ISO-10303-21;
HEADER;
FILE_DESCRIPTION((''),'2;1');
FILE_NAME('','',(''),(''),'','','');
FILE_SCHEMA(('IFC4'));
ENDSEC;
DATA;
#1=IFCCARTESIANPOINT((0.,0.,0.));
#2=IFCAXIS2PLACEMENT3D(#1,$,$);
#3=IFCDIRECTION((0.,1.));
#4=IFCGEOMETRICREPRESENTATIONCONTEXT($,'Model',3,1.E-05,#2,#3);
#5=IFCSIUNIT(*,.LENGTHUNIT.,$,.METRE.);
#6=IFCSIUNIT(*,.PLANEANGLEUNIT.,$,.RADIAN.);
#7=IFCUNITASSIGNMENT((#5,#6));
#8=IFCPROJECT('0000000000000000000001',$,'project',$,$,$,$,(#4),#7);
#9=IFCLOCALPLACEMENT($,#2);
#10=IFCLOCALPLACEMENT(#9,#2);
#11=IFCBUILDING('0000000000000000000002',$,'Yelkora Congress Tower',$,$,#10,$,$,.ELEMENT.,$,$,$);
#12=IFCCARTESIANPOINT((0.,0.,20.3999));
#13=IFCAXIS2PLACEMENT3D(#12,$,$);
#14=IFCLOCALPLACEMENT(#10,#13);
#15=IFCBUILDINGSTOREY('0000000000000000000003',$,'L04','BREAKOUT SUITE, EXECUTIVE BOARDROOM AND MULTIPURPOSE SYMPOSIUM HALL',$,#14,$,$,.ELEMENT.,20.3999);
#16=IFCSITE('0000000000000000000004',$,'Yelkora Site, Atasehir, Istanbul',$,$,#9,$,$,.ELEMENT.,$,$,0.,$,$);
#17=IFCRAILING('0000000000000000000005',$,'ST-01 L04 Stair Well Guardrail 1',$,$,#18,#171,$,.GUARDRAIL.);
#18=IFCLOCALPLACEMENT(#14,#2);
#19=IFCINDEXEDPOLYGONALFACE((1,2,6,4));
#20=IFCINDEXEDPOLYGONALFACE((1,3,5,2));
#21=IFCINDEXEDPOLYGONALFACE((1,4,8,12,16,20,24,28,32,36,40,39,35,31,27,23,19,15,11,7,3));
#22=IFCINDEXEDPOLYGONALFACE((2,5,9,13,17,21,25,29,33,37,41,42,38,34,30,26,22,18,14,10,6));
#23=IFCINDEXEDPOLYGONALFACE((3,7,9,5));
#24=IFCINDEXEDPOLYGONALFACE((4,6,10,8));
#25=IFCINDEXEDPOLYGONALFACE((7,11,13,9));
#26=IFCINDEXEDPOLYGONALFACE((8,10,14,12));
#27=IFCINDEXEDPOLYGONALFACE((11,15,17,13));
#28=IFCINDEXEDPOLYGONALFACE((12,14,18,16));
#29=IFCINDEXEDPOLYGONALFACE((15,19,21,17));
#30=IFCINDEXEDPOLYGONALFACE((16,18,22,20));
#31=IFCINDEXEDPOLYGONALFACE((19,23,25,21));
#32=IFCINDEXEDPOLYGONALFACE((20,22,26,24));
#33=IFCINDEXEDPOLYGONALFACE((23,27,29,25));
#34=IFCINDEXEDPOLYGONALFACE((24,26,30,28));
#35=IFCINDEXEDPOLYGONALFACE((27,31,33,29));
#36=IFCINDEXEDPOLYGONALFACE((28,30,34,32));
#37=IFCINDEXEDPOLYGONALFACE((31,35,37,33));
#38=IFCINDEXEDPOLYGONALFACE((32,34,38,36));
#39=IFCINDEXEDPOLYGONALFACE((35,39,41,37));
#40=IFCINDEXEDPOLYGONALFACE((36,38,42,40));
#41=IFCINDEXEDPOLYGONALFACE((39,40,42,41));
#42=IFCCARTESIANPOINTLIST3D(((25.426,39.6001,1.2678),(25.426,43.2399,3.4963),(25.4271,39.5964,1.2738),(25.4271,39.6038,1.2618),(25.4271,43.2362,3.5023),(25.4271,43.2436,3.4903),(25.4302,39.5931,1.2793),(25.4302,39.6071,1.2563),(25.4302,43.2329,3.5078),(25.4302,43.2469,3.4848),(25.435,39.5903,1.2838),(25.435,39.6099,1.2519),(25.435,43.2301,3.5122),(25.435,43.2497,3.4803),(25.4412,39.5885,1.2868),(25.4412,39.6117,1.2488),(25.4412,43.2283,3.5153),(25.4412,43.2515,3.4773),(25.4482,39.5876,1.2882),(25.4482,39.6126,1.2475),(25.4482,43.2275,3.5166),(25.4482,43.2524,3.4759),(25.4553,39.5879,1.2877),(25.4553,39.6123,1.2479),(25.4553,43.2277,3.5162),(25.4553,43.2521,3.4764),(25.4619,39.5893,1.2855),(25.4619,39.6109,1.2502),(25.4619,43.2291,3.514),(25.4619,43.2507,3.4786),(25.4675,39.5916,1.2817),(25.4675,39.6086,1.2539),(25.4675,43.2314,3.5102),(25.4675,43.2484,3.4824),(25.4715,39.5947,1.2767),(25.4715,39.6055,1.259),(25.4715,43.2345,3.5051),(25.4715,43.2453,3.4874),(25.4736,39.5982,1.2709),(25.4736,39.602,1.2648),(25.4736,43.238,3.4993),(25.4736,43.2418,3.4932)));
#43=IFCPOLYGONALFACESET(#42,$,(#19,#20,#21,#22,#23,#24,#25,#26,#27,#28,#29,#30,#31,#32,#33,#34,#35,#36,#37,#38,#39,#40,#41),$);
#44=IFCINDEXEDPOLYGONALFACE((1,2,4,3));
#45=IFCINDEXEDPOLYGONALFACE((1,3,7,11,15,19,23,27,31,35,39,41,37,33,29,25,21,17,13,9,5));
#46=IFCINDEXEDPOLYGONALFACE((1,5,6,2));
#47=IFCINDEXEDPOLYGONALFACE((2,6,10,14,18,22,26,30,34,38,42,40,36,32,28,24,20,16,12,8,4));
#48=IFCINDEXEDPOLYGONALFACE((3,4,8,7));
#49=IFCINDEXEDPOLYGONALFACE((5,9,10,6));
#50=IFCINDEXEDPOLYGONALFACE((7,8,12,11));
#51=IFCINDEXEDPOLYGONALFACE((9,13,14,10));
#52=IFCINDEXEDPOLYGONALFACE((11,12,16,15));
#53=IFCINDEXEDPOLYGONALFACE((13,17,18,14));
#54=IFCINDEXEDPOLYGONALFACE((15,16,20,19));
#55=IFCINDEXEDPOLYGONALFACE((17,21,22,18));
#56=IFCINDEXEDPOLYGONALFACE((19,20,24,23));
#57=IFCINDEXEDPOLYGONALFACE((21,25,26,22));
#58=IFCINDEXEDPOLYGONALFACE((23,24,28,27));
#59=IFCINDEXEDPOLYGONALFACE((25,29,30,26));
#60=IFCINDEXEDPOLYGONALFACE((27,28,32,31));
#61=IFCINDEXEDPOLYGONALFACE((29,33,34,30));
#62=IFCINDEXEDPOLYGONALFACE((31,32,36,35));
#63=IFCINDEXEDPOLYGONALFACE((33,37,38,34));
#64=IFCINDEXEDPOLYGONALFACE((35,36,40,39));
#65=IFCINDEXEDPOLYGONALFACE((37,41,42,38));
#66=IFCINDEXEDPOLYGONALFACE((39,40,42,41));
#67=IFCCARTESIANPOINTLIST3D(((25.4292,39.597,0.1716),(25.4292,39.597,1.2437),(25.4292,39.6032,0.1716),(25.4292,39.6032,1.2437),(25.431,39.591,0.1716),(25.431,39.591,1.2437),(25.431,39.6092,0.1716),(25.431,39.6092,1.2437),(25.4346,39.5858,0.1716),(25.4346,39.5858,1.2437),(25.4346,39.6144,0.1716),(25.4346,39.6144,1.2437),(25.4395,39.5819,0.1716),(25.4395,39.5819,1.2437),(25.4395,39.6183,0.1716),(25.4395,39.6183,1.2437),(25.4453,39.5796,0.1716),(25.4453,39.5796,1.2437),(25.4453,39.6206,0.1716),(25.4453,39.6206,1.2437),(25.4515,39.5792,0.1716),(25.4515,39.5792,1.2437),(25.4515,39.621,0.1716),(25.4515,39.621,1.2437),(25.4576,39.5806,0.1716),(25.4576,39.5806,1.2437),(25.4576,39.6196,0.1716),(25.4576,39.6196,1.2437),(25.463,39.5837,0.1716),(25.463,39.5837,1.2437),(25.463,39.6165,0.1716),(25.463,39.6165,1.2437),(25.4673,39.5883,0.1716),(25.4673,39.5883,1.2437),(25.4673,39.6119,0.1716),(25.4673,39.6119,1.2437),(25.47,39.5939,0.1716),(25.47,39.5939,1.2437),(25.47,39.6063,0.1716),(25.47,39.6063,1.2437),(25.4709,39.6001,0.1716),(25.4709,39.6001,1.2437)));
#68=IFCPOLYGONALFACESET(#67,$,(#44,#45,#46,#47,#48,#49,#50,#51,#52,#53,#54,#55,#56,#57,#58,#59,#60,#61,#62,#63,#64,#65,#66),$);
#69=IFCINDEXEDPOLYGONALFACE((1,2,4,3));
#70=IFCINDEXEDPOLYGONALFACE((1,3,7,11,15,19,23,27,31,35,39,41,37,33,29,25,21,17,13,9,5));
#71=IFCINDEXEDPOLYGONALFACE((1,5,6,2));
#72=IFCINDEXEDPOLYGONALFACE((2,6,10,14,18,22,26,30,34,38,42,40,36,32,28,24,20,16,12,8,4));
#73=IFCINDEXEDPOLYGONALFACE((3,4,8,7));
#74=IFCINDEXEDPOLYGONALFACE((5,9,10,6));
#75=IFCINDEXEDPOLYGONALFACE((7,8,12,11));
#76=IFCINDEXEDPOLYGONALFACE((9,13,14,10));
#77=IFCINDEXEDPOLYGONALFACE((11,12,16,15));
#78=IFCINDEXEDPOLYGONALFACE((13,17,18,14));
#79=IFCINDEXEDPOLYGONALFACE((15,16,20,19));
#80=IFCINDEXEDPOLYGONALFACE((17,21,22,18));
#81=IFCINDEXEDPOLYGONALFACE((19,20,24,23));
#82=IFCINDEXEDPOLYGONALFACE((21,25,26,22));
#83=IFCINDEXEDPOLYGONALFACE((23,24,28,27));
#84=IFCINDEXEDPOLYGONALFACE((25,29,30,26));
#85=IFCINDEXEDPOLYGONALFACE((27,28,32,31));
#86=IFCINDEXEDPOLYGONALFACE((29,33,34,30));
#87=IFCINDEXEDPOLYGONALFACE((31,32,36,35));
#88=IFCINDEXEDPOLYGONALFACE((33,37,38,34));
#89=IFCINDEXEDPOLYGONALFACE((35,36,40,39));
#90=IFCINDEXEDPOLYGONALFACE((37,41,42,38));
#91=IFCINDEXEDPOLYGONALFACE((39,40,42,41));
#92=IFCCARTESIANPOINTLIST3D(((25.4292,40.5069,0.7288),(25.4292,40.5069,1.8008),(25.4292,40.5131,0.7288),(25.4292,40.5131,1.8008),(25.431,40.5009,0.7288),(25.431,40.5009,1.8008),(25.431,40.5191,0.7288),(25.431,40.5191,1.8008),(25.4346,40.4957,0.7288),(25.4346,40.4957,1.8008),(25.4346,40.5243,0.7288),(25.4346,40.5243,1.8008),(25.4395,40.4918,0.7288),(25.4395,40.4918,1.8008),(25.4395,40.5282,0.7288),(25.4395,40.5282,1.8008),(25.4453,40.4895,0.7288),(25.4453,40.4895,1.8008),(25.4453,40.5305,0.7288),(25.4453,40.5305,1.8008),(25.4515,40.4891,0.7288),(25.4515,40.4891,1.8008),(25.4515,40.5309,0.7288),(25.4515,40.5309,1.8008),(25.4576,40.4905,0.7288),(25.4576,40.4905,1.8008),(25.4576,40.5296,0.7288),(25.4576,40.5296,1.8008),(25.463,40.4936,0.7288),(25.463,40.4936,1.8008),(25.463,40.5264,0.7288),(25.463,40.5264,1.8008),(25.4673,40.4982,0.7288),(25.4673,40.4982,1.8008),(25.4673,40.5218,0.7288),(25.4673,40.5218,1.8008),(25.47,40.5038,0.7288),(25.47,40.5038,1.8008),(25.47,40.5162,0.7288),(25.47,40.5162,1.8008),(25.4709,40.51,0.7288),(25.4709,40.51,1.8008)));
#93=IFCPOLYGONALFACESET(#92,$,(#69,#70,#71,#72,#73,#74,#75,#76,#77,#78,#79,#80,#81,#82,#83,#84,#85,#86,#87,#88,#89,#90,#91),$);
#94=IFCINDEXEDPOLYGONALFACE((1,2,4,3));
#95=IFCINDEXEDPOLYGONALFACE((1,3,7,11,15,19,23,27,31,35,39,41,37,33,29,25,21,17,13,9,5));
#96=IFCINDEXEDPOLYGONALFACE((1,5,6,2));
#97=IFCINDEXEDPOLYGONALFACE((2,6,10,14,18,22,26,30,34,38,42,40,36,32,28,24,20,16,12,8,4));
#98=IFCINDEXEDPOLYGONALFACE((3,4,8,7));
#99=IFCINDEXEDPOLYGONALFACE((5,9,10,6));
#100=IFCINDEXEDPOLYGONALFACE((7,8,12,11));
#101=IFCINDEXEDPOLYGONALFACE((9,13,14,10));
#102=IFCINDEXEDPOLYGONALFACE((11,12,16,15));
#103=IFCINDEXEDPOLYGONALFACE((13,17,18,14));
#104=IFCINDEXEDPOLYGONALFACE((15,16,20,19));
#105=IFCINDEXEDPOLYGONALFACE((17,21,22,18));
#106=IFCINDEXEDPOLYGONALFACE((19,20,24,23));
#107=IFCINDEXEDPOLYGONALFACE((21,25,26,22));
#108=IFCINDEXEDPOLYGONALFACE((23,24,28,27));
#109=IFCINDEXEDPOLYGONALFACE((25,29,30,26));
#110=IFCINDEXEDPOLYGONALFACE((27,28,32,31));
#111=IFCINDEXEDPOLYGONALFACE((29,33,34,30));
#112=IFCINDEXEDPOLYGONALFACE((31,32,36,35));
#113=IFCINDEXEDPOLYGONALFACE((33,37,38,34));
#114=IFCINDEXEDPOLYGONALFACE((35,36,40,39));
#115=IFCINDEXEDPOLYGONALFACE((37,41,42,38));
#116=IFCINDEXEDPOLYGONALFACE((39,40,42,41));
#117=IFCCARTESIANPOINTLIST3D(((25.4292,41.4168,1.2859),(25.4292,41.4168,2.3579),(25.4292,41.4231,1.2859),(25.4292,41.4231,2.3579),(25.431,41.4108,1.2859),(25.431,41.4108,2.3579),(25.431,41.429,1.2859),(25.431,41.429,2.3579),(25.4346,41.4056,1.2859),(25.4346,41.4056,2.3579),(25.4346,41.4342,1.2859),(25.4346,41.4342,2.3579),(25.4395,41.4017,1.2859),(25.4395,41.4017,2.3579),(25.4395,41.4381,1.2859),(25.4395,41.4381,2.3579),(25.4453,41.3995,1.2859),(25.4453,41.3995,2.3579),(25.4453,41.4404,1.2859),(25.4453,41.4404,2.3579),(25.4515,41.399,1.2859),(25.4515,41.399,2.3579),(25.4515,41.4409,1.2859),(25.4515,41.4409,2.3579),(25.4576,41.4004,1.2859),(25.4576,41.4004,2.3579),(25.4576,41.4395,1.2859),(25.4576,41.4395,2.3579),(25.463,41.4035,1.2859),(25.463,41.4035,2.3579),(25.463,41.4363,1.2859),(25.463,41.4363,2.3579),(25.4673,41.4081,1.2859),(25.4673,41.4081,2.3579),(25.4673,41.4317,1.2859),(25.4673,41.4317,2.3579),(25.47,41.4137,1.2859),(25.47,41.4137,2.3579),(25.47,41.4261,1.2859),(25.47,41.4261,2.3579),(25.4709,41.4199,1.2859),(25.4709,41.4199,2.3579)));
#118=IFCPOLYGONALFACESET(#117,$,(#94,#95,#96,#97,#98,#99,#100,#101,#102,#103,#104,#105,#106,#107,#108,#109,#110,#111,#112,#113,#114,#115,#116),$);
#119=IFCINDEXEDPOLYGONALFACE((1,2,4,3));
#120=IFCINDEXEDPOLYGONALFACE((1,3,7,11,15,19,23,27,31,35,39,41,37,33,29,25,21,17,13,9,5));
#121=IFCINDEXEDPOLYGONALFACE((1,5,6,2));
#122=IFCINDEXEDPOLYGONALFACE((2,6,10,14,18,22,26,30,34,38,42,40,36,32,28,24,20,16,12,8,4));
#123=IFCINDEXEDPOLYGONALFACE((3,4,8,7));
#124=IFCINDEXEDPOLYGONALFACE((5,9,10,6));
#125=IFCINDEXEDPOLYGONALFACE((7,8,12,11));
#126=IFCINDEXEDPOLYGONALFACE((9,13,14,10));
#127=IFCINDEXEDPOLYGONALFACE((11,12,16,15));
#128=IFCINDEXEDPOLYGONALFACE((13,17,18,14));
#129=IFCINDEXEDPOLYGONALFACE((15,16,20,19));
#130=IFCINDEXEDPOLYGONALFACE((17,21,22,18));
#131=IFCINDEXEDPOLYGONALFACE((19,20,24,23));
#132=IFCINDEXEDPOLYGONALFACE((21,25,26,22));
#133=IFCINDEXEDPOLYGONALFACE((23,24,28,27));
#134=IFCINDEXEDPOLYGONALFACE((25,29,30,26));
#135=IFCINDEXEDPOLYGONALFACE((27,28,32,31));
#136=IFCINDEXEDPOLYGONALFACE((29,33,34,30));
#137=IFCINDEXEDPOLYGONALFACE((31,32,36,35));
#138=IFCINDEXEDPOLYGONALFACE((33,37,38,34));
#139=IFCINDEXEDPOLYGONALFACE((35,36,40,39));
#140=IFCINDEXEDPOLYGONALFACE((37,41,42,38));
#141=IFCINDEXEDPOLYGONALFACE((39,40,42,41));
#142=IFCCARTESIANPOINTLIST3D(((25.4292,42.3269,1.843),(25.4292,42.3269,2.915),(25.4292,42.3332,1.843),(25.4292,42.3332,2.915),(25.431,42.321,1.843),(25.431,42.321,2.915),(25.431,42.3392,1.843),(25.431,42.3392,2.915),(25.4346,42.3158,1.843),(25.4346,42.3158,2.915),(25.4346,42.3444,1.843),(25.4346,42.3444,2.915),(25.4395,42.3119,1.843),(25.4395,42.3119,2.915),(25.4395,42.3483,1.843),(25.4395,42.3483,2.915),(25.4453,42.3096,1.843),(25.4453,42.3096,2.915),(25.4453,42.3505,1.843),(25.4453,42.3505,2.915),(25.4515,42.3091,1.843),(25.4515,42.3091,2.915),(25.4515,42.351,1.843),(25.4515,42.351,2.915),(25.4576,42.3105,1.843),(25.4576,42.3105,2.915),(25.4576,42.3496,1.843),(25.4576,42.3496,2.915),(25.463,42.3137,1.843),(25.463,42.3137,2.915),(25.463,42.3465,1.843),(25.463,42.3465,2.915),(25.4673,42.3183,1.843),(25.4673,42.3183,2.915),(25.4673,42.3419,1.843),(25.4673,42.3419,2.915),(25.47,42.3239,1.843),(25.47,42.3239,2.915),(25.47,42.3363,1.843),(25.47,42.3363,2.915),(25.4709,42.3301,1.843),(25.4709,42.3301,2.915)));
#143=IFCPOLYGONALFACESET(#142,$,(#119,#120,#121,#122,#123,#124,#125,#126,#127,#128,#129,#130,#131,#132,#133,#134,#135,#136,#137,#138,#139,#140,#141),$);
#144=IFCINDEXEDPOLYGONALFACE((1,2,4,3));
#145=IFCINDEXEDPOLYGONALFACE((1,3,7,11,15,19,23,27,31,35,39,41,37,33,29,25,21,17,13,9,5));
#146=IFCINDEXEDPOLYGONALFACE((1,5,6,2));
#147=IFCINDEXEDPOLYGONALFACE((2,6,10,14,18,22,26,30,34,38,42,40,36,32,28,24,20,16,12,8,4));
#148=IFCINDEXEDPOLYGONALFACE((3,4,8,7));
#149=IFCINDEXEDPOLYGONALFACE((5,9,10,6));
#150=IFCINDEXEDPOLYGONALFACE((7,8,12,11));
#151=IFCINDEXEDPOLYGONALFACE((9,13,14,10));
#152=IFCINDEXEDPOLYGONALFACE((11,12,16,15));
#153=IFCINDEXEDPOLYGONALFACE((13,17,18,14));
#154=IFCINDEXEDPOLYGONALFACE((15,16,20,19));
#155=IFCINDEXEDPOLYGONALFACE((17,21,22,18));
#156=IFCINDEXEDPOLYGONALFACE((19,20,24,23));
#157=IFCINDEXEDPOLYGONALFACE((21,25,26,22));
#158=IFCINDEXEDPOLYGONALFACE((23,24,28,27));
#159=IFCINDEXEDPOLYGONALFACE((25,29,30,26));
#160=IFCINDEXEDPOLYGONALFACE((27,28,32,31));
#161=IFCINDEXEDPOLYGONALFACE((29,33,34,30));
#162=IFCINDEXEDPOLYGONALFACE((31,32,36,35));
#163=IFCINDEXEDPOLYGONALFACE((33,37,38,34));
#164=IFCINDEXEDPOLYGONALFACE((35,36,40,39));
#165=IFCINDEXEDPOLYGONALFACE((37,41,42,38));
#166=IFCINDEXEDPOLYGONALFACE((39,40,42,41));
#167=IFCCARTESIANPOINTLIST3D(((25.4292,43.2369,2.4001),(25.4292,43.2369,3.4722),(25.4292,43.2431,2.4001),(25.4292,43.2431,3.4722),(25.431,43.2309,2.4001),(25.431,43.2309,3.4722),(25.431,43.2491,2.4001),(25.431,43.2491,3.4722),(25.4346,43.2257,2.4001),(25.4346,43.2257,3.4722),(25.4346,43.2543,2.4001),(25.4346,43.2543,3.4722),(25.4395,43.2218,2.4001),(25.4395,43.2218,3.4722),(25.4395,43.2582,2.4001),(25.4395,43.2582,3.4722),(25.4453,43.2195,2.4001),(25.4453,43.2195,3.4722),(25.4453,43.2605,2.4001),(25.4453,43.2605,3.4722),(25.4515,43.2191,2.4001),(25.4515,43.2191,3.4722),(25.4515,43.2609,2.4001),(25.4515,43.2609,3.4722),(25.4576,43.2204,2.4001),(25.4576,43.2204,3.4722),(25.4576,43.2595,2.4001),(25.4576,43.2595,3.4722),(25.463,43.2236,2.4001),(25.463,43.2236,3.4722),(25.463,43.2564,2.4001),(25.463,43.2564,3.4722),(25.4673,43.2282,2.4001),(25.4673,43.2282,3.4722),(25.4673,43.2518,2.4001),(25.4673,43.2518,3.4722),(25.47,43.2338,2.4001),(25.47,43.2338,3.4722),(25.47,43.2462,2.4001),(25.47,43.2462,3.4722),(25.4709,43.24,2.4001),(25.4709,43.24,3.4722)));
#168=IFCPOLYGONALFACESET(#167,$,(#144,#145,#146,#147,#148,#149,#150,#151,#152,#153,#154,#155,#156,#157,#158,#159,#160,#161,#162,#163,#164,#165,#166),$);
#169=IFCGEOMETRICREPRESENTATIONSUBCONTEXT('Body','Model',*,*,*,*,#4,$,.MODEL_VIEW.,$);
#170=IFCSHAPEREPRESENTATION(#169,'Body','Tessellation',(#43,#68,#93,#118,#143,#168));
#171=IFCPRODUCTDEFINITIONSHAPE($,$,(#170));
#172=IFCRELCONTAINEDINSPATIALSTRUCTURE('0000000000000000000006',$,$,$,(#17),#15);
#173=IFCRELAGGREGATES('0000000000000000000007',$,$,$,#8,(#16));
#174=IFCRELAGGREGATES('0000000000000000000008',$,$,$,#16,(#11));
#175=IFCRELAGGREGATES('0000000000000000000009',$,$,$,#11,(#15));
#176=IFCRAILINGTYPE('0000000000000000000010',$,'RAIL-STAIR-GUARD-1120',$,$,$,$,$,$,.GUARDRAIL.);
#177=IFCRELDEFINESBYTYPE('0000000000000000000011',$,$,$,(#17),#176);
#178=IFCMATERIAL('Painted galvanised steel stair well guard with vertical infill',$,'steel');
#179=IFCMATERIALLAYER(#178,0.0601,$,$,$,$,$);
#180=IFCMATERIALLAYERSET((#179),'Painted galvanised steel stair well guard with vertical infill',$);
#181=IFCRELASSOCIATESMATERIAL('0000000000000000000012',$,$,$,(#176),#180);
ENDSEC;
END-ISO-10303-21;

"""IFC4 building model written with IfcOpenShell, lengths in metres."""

from ifc_helpers import new_model, si_unit, direction, frame, origin, origin_2d, place, context, subcontext, project, spatial, circle, extrude, material, layer, layer_set, type_object, element, save


model = new_model("IFC4")

# Units and contexts
model_context = context("Model", 3, precision=1e-05, world=origin(), true_north=direction((0.0, 1.0)))
body_context = subcontext(model_context, "Body", "Model", "MODEL_VIEW")
ifc_project = project(units=[si_unit("LENGTHUNIT", "METRE"), si_unit("PLANEANGLEUNIT", "RADIAN")], contexts=[model_context])

# Site, building, storey
site_placement = place(None, origin())
site = spatial("IfcSite", under=ifc_project, at=site_placement, Name="Yelkora Site, Atasehir, Istanbul", CompositionType="ELEMENT", RefElevation=0.0)
building_placement = place(site_placement, origin())
building = spatial("IfcBuilding", under=site, at=building_placement, Name="Yelkora Congress Tower", CompositionType="ELEMENT")
storey_placement = place(building_placement, frame((0.0, 0.0, 20.3999)))
storey = spatial("IfcBuildingStorey", under=building, at=storey_placement, Name="L04", Description="BREAKOUT SUITE, EXECUTIVE BOARDROOM AND MULTIPURPOSE SYMPOSIUM HALL", CompositionType="ELEMENT", Elevation=20.3999)

# Railing
ifc_material_1 = material(Name="Painted galvanised steel stair well guard with vertical infill", Category="steel")
ifc_layer_1 = layer(ifc_material_1, 0.0601)
ifc_layer_set_1 = layer_set([ifc_layer_1], Name="Painted galvanised steel stair well guard with vertical infill")
railing_type_1 = type_object("IfcRailingType", Name="RAIL-STAIR-GUARD-1120", PredefinedType="GUARDRAIL", material=ifc_layer_set_1)
railing_1_placement = place(storey_placement, frame((25.45, 39.6001, 0.1716)))
element("IfcRailing", 1, at=railing_1_placement, inside=storey, type_object=railing_type_1, Name="ST-01 L04 Stair Well Guardrail 1", PredefinedType="GUARDRAIL", context=body_context, shape_type="SweptSolid", body=[
    extrude(circle(Radius=0.0239, at=origin_2d()), frame((0.0, 0.0, 1.0962), z_axis=(0.0, 0.85285, 0.522156), x_axis=(-1.0, 0.0, 0.0)), (0.0, 0.0, 1.0), 4.2678),
    extrude(circle(Radius=0.021, at=origin_2d()), origin(), (0.0, 0.0, 1.0), 1.072),
    extrude(circle(Radius=0.021, at=origin_2d()), frame((0.0, 0.9099, 0.5571)), (0.0, 0.0, 1.0), 1.072),
    extrude(circle(Radius=0.021, at=origin_2d()), frame((0.0, 1.8198, 1.1143)), (0.0, 0.0, 1.0), 1.072),
    extrude(circle(Radius=0.021, at=origin_2d()), frame((0.0, 2.73, 1.6714)), (0.0, 0.0, 1.0), 1.072),
    extrude(circle(Radius=0.021, at=origin_2d()), frame((0.0, 3.6399, 2.2285)), (0.0, 0.0, 1.0), 1.072),
])

save(model, "model.ifc")
